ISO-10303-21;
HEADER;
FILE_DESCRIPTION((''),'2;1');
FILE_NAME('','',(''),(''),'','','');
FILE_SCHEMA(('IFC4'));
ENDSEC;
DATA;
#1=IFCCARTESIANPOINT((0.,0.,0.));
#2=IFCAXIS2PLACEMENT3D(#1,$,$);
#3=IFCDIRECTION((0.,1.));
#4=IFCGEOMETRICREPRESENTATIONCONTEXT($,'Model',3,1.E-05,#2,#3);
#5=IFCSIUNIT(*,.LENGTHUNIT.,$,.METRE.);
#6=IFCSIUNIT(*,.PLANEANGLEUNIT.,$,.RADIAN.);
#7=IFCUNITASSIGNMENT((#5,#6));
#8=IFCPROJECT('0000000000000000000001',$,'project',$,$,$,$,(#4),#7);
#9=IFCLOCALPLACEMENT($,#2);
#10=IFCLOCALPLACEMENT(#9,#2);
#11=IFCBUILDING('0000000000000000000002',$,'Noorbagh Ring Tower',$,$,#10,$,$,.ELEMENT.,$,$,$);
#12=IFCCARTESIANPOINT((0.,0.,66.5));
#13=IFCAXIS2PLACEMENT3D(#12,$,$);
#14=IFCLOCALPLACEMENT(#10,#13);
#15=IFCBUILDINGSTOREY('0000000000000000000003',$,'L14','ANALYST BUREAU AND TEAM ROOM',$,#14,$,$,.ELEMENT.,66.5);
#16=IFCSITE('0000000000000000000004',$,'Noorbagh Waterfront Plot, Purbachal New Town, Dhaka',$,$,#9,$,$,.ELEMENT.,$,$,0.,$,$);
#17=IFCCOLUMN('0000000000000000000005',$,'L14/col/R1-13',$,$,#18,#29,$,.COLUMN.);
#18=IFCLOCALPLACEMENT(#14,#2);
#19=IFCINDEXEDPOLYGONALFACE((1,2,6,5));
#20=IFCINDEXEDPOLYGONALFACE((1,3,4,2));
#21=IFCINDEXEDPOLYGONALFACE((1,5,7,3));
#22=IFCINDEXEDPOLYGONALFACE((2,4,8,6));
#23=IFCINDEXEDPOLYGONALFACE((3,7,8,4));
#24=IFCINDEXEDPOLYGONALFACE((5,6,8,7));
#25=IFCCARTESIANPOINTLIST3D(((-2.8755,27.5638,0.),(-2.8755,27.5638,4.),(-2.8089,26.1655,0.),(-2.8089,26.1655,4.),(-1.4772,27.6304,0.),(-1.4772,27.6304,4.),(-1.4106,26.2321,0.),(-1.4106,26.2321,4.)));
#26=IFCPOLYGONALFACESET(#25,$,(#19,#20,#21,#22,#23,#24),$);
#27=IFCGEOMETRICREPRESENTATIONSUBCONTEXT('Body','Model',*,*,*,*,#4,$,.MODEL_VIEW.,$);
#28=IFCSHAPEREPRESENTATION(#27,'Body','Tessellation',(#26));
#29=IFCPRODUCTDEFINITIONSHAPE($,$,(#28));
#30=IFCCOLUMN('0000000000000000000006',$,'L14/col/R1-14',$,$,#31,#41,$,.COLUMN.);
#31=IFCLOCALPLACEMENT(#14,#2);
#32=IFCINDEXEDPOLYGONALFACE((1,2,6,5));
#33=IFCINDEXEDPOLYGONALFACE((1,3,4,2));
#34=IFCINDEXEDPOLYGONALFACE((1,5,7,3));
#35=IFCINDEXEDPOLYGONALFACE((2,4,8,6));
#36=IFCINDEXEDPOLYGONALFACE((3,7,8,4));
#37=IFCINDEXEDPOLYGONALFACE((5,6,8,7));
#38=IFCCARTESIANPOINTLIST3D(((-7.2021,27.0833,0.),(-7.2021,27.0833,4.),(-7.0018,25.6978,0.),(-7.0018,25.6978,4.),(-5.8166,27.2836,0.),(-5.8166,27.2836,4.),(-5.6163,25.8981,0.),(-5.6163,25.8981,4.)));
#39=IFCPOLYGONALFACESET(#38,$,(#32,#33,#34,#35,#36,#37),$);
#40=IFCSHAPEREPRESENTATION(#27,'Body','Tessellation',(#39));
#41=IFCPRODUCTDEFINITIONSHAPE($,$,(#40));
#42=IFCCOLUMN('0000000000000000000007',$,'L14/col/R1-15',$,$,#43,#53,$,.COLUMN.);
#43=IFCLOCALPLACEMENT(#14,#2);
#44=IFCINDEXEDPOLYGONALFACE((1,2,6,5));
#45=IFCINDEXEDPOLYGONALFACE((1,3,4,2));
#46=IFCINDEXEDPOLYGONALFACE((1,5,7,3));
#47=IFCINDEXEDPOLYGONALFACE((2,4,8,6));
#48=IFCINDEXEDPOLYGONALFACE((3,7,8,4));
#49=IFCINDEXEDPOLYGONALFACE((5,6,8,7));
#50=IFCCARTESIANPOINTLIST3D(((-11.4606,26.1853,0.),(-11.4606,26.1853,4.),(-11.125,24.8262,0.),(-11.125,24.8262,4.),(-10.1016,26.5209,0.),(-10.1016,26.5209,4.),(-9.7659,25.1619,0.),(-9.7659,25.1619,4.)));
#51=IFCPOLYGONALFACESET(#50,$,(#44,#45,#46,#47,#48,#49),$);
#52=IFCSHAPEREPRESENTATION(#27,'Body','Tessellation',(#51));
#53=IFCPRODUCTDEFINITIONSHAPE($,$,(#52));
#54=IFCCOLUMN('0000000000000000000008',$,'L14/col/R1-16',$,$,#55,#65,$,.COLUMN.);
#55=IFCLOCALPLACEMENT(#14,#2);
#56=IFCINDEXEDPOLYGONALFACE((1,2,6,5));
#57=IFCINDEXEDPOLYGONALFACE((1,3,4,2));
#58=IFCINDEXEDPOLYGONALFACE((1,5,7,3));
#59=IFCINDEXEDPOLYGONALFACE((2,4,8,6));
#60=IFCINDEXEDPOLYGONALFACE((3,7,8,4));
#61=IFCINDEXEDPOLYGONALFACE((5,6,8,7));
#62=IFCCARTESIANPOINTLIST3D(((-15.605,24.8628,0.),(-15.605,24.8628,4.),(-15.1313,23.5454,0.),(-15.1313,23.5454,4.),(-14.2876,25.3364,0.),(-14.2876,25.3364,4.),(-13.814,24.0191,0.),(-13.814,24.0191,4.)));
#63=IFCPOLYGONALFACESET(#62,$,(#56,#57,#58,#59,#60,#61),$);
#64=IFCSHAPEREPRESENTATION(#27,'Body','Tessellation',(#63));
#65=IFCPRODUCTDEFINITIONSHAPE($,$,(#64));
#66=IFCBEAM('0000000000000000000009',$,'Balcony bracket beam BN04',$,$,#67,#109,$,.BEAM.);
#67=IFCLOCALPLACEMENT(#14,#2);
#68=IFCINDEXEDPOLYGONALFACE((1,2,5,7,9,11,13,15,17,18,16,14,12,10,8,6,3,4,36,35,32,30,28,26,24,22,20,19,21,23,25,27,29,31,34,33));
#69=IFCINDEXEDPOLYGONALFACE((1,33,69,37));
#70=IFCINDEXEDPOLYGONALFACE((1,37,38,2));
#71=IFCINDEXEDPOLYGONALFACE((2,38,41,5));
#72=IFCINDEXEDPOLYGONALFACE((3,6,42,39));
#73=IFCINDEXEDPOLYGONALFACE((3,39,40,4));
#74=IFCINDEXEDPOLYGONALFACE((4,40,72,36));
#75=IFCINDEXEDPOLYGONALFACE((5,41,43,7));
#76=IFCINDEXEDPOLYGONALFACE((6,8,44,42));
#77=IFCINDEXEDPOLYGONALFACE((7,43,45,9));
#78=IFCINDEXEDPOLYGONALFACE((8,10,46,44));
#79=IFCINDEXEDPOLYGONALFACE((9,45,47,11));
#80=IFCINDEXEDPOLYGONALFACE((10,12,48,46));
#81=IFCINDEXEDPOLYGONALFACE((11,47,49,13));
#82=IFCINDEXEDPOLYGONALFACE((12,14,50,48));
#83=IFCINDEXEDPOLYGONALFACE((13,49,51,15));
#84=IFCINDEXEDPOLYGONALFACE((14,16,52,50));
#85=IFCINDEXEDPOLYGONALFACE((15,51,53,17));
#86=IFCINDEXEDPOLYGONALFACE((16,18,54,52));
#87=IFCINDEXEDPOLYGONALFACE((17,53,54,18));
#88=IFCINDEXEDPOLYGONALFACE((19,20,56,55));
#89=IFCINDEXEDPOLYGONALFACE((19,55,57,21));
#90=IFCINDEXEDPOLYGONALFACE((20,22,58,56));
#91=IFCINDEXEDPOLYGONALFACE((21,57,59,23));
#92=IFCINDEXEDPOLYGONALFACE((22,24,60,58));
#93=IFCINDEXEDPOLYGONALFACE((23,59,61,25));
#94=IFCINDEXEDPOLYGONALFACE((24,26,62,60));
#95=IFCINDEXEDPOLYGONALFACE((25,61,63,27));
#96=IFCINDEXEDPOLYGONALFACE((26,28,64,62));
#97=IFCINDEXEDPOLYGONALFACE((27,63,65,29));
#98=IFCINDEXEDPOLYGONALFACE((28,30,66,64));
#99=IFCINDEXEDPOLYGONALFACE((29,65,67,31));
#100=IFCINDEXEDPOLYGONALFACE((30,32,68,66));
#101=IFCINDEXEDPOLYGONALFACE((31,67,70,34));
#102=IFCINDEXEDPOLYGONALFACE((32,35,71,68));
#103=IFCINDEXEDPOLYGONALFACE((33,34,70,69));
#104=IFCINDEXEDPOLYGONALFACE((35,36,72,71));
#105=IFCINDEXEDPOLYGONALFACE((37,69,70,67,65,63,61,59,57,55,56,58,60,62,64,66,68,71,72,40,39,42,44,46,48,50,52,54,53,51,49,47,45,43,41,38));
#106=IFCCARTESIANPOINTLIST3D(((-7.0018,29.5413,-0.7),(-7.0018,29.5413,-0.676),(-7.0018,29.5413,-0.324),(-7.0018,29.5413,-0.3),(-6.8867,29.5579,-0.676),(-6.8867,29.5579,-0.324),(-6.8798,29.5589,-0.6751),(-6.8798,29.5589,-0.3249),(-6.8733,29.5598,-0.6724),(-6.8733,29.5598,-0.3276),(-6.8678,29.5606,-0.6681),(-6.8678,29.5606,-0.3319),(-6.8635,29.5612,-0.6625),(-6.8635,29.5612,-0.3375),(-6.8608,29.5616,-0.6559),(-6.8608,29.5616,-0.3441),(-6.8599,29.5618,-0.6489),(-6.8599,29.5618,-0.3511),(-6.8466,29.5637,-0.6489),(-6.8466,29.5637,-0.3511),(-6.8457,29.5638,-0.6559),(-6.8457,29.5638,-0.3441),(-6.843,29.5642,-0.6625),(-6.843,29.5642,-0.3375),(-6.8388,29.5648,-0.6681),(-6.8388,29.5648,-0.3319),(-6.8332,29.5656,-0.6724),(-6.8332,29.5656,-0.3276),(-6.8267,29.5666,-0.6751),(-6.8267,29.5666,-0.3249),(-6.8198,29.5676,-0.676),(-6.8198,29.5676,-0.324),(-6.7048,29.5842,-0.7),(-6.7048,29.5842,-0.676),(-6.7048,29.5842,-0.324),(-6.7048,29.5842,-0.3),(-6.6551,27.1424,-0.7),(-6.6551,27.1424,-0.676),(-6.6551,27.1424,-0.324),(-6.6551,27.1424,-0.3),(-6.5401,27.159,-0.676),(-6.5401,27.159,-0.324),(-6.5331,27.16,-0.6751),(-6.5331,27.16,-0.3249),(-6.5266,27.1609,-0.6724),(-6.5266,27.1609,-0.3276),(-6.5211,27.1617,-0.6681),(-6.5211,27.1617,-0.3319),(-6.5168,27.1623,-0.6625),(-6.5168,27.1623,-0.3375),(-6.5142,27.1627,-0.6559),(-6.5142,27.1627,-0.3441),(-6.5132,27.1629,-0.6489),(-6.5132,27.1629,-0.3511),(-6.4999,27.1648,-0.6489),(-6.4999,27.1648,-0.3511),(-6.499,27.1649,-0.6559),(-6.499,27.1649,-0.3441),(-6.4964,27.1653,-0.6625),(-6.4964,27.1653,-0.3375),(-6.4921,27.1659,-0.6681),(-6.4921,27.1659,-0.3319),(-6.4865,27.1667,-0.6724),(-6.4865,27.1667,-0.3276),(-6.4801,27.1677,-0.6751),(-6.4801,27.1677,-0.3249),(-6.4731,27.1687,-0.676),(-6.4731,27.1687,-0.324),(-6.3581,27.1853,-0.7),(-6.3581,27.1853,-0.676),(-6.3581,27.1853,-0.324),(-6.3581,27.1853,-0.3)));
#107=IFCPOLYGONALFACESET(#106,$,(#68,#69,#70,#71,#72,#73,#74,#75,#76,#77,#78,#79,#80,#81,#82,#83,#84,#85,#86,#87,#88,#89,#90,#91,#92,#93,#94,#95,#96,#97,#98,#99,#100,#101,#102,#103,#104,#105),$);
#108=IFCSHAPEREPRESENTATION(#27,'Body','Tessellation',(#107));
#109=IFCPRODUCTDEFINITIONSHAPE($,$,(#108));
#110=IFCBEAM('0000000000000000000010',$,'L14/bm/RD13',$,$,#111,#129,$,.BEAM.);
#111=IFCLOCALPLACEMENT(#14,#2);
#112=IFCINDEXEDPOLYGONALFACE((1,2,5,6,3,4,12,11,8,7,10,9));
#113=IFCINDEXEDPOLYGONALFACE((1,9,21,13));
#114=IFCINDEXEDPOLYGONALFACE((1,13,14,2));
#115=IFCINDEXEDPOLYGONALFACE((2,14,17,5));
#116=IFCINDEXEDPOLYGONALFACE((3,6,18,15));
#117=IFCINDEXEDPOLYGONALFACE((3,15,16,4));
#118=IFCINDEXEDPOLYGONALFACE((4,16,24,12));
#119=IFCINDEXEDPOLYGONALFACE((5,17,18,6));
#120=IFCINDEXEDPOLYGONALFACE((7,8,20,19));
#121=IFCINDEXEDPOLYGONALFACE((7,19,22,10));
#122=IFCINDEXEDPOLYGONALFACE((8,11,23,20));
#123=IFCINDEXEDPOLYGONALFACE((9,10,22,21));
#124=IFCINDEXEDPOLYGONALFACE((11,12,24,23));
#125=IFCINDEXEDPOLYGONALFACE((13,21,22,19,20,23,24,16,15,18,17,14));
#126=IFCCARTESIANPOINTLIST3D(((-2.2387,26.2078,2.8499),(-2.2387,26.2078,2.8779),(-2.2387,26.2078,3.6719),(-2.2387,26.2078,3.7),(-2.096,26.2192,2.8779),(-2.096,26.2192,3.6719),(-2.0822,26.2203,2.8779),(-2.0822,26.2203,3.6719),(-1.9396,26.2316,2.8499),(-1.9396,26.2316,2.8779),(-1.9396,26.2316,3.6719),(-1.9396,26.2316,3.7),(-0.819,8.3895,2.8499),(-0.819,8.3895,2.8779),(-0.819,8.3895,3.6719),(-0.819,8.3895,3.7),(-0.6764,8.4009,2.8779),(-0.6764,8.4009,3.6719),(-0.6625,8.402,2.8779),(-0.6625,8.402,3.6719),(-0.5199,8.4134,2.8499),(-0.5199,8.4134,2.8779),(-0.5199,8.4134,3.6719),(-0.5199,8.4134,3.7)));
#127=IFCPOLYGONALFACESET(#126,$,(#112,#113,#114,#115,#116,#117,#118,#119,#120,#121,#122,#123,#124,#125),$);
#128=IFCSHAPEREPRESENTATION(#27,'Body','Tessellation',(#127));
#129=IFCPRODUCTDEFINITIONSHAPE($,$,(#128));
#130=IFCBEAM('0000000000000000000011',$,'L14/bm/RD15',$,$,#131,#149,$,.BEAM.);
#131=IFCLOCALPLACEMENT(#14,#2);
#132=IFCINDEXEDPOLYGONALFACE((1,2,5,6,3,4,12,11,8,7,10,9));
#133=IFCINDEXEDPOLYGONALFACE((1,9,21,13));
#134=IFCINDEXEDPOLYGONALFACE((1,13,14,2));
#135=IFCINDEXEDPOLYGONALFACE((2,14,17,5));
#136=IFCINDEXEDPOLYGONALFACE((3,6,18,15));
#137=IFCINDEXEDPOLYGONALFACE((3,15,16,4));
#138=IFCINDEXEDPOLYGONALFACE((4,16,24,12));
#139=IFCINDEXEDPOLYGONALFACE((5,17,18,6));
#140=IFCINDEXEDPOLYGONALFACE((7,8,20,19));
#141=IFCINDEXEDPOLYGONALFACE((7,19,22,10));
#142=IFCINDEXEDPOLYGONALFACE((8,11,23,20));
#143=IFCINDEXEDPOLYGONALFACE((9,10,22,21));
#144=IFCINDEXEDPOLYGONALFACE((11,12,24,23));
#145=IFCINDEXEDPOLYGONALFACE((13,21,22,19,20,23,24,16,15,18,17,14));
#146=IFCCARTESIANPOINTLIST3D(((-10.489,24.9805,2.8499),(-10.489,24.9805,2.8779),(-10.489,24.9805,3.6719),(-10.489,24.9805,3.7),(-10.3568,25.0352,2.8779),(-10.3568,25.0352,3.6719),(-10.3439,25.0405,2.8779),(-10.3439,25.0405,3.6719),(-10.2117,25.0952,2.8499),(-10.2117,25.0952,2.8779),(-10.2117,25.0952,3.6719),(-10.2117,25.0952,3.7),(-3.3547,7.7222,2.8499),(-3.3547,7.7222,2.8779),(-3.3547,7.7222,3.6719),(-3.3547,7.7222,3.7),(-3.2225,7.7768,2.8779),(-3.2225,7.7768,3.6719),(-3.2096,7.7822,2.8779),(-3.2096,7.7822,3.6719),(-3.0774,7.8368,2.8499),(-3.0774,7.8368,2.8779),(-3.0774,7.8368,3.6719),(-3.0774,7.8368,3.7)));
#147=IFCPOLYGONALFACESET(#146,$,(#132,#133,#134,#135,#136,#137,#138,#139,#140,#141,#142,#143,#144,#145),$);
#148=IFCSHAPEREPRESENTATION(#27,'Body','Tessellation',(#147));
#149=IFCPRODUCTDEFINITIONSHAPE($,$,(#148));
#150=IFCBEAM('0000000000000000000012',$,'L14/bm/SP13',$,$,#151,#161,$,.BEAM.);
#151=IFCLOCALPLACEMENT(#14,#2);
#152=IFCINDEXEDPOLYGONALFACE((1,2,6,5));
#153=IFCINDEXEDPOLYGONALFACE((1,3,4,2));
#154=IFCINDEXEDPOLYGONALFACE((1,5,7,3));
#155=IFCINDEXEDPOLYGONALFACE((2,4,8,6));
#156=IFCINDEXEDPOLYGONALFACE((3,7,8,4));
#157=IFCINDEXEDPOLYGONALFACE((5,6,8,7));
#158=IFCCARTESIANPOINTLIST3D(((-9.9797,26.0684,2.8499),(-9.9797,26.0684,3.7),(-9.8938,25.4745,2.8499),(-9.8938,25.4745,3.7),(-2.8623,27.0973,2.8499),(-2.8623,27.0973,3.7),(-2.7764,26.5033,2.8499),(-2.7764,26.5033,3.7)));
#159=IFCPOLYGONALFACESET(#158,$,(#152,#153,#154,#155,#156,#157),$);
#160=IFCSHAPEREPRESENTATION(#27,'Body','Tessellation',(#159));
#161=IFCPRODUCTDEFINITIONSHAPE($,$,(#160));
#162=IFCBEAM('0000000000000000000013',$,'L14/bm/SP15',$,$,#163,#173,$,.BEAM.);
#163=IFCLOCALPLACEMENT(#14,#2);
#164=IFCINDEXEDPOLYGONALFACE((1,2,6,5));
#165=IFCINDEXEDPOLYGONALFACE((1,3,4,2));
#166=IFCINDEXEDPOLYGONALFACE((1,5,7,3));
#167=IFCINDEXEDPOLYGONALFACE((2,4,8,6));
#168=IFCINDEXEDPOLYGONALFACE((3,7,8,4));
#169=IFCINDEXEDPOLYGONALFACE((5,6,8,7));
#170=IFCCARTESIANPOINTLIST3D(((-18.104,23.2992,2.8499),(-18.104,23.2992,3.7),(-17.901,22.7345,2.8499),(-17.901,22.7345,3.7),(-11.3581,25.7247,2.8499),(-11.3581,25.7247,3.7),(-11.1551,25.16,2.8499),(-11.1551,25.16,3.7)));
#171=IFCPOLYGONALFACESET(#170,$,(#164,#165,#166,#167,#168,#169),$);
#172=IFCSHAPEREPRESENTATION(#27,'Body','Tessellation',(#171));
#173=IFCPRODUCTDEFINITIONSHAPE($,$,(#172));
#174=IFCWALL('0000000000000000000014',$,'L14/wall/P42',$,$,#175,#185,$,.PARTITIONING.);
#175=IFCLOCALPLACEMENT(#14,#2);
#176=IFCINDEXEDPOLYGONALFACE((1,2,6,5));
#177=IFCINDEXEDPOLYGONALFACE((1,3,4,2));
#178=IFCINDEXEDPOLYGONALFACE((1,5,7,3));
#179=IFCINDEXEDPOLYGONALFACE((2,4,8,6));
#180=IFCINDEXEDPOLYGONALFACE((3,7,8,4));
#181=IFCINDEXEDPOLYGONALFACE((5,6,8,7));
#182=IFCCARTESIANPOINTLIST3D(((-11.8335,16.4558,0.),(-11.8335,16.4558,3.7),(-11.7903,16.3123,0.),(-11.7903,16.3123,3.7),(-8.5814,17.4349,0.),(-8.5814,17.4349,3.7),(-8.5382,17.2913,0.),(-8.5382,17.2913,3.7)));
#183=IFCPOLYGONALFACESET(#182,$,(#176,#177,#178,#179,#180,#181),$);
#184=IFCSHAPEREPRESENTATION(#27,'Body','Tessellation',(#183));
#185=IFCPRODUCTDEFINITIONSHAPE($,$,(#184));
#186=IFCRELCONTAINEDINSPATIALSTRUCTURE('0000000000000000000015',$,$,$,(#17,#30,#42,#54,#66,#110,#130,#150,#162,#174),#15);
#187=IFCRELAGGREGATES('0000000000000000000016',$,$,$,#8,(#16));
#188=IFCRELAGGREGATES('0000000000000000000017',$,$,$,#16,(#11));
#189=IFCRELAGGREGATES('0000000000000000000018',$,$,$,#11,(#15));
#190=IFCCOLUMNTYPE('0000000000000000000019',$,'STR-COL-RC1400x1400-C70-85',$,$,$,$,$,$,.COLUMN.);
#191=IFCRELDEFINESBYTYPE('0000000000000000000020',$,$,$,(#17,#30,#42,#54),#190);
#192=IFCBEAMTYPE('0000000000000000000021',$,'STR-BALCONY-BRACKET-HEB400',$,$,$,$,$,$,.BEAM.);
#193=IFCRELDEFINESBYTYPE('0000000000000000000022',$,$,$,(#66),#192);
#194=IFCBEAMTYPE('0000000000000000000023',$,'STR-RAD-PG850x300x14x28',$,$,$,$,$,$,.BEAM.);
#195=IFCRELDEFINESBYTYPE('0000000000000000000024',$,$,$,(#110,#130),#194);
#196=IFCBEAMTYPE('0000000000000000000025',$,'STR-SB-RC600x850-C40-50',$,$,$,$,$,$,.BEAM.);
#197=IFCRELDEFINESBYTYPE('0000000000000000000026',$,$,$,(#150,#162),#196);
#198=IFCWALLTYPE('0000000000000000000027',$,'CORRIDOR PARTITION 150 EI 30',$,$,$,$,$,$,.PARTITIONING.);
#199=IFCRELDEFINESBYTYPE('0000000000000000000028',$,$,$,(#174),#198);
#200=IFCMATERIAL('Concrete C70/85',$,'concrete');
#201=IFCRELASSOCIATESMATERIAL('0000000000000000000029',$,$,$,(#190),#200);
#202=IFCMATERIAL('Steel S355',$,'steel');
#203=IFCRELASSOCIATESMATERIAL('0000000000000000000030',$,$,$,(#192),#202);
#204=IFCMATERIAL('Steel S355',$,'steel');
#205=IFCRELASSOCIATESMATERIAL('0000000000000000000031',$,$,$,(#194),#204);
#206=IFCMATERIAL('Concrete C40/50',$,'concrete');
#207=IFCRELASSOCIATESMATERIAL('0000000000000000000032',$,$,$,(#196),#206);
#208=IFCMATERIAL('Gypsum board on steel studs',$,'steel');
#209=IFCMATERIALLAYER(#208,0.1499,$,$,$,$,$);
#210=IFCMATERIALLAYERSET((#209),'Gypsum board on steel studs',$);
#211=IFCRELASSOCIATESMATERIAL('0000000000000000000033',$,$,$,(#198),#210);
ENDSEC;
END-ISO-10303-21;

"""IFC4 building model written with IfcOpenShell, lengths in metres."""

from ifc_helpers import new_model, si_unit, direction, frame, frame_2d, origin, origin_2d, place, context, subcontext, project, spatial, rectangle, i_section, extrude, material, layer, layer_set, material_profile, profile_set, type_object, element, save


model = new_model("IFC4")

# Units and contexts
model_context = context("Model", 3, precision=1e-05, world=origin(), true_north=direction((0.0, 1.0)))
body_context = subcontext(model_context, "Body", "Model", "MODEL_VIEW")
ifc_project = project(units=[si_unit("LENGTHUNIT", "METRE"), si_unit("PLANEANGLEUNIT", "RADIAN")], contexts=[model_context])

# Site, building, storey
site_placement = place(None, origin())
site = spatial("IfcSite", under=ifc_project, at=site_placement, Name="Noorbagh Waterfront Plot, Purbachal New Town, Dhaka", CompositionType="ELEMENT", RefElevation=0.0)
building_placement = place(site_placement, origin())
building = spatial("IfcBuilding", under=site, at=building_placement, Name="Noorbagh Ring Tower", CompositionType="ELEMENT")
storey_placement = place(building_placement, frame((0.0, 0.0, 66.5)))
storey = spatial("IfcBuildingStorey", under=building, at=storey_placement, Name="L14", Description="ANALYST BUREAU AND TEAM ROOM", CompositionType="ELEMENT", Elevation=66.5)

# Columns
ifc_material_1 = material(Name="Concrete C70/85", Category="concrete")
ifc_material_profile_1 = material_profile(ifc_material_1, rectangle(XDim=1.3999, YDim=1.3999, at=origin_2d()), Name="RC1400x1400")
ifc_profile_set_1 = profile_set([ifc_material_profile_1], Name="Concrete C70/85")
column_type = type_object("IfcColumnType", Name="STR-COL-RC1400x1400-C70-85", PredefinedType="COLUMN", material=ifc_profile_set_1)
for number, where, z_axis, x_axis, name in (
    (1, (-2.1431, 26.8979, 0.0), (0.0, 0.0, 1.0), (-0.998869, -0.047553, 0.0), "L14/col/R1-13"),
    (2, (-6.4092, 26.4907, 0.0), (0.0, 0.0, 1.0), (-0.989713, -0.143066, 0.0), "L14/col/R1-14"),
    (3, (-10.6133, 25.6736, 0.0), (0.0, 0.0, 1.0), (-0.970829, -0.239771, 0.0), "L14/col/R1-15"),
    (4, (-14.7095, 24.4409, 0.0), (0.0, 0.0, 1.0), (-0.941025, -0.338338, 0.0), "L14/col/R1-16"),
):
    element("IfcColumn", number, at=place(storey_placement, frame(where, z_axis=z_axis, x_axis=x_axis)), inside=storey, type_object=column_type, Name=name, PredefinedType="COLUMN", context=body_context, shape_type="SweptSolid", body=[
        extrude(rectangle(XDim=1.3999, YDim=1.3999, at=origin_2d()), origin(), (0.0, 0.0, 1.0), 4.0),
    ])

# Beams
ifc_material_2 = material(Name="Steel S355", Category="steel")
ifc_material_profile_2 = material_profile(ifc_material_2, i_section(OverallWidth=0.3, OverallDepth=0.3999, WebThickness=0.0134, FlangeThickness=0.0239, FilletRadius=0.0271, at=origin_2d()), Name="HEB400")
ifc_profile_set_2 = profile_set([ifc_material_profile_2], Name="Steel S355")
beam_type_1 = type_object("IfcBeamType", Name="STR-BALCONY-BRACKET-HEB400", PredefinedType="BEAM", material=ifc_profile_set_2)
beam_1_placement = place(storey_placement, frame((-6.5066, 27.1638, -0.5), z_axis=(-0.143029, 0.989719, 0.0), x_axis=(-0.989719, -0.143029, 0.0)))
element("IfcBeam", 5, at=beam_1_placement, inside=storey, type_object=beam_type_1, Name="Balcony bracket beam BN04", PredefinedType="BEAM", context=body_context, shape_type="SweptSolid", body=[
    extrude(i_section(OverallWidth=0.3, OverallDepth=0.3999, WebThickness=0.0134, FlangeThickness=0.0239, FilletRadius=0.0271, at=origin_2d()), origin(), (0.0, 0.0, 1.0), 2.4238),
])
ifc_material_3 = material(Name="Steel S355", Category="steel")
ifc_material_profile_3 = material_profile(ifc_material_3, i_section(OverallWidth=0.3, OverallDepth=0.8501, WebThickness=0.0139, FlangeThickness=0.0281, at=origin_2d()), Name="PG850x300x14x28")
ifc_profile_set_3 = profile_set([ifc_material_profile_3], Name="Steel S355")
beam_type_2 = type_object("IfcBeamType", Name="STR-RAD-PG850x300x14x28", PredefinedType="BEAM", material=ifc_profile_set_3)
beam_2_placement = place(storey_placement, frame((-2.0891, 26.2197, 3.2749), z_axis=(0.079423, -0.996841, 0.0), x_axis=(0.996841, 0.079423, 0.0)))
element("IfcBeam", 6, at=beam_2_placement, inside=storey, type_object=beam_type_2, Name="L14/bm/RD13", PredefinedType="BEAM", context=body_context, shape_type="SweptSolid", body=[
    extrude(i_section(OverallWidth=0.3, OverallDepth=0.8501, WebThickness=0.0139, FlangeThickness=0.0281, at=origin_2d()), origin(), (0.0, 0.0, 1.0), 17.8748),
])
beam_3_placement = place(storey_placement, frame((-10.3503, 25.0378, 3.2749), z_axis=(0.382028, -0.924151, 0.0), x_axis=(0.924151, 0.382028, 0.0)))
element("IfcBeam", 7, at=beam_3_placement, inside=storey, type_object=beam_type_2, Name="L14/bm/RD15", PredefinedType="BEAM", context=body_context, shape_type="SweptSolid", body=[
    extrude(i_section(OverallWidth=0.3, OverallDepth=0.8501, WebThickness=0.0139, FlangeThickness=0.0281, at=origin_2d()), origin(), (0.0, 0.0, 1.0), 18.6748),
])
ifc_material_4 = material(Name="Concrete C40/50", Category="concrete")
ifc_material_profile_4 = material_profile(ifc_material_4, rectangle(XDim=0.6001, YDim=0.8501, at=origin_2d()), Name="RC600x850")
ifc_profile_set_4 = profile_set([ifc_material_profile_4], Name="Concrete C40/50")
beam_type_3 = type_object("IfcBeamType", Name="STR-SB-RC600x850-C40-50", PredefinedType="BEAM", material=ifc_profile_set_4)
beam_4_placement = place(storey_placement, frame((-2.8193, 26.8003, 3.2749), z_axis=(-0.989714, -0.143061, 0.0), x_axis=(0.143061, -0.989714, 0.0)))
element("IfcBeam", 8, at=beam_4_placement, inside=storey, type_object=beam_type_3, Name="L14/bm/SP13", PredefinedType="BEAM", context=body_context, shape_type="SweptSolid", body=[
    extrude(rectangle(XDim=0.6001, YDim=0.8501, at=origin_2d()), origin(), (0.0, 0.0, 1.0), 7.1914),
])
beam_5_placement = place(storey_placement, frame((-11.2566, 25.4424, 3.2749), z_axis=(-0.941019, -0.338353, 0.0), x_axis=(0.338353, -0.941019, 0.0)))
element("IfcBeam", 9, at=beam_5_placement, inside=storey, type_object=beam_type_3, Name="L14/bm/SP15", PredefinedType="BEAM", context=body_context, shape_type="SweptSolid", body=[
    extrude(rectangle(XDim=0.6001, YDim=0.8501, at=origin_2d()), origin(), (0.0, 0.0, 1.0), 7.1687),
])

# Wall
ifc_material_5 = material(Name="Gypsum board on steel studs", Category="steel")
ifc_layer_1 = layer(ifc_material_5, 0.1499)
ifc_layer_set_1 = layer_set([ifc_layer_1], Name="Gypsum board on steel studs")
wall_type_1 = type_object("IfcWallType", Name="CORRIDOR PARTITION 150 EI 30", PredefinedType="PARTITIONING", material=ifc_layer_set_1)
wall_1_placement = place(storey_placement, frame((-11.812, 16.384, 0.0), z_axis=(0.0, 0.0, 1.0), x_axis=(0.957549, 0.288271, 0.0)))
element("IfcWall", 10, at=wall_1_placement, inside=storey, type_object=wall_type_1, Name="L14/wall/P42", PredefinedType="PARTITIONING", context=body_context, shape_type="SweptSolid", body=[
    extrude(rectangle(XDim=3.3962, YDim=0.1499, at=frame_2d((1.6982, 0.0))), origin(), (0.0, 0.0, 1.0), 3.7),
])

save(model, "model.ifc")
